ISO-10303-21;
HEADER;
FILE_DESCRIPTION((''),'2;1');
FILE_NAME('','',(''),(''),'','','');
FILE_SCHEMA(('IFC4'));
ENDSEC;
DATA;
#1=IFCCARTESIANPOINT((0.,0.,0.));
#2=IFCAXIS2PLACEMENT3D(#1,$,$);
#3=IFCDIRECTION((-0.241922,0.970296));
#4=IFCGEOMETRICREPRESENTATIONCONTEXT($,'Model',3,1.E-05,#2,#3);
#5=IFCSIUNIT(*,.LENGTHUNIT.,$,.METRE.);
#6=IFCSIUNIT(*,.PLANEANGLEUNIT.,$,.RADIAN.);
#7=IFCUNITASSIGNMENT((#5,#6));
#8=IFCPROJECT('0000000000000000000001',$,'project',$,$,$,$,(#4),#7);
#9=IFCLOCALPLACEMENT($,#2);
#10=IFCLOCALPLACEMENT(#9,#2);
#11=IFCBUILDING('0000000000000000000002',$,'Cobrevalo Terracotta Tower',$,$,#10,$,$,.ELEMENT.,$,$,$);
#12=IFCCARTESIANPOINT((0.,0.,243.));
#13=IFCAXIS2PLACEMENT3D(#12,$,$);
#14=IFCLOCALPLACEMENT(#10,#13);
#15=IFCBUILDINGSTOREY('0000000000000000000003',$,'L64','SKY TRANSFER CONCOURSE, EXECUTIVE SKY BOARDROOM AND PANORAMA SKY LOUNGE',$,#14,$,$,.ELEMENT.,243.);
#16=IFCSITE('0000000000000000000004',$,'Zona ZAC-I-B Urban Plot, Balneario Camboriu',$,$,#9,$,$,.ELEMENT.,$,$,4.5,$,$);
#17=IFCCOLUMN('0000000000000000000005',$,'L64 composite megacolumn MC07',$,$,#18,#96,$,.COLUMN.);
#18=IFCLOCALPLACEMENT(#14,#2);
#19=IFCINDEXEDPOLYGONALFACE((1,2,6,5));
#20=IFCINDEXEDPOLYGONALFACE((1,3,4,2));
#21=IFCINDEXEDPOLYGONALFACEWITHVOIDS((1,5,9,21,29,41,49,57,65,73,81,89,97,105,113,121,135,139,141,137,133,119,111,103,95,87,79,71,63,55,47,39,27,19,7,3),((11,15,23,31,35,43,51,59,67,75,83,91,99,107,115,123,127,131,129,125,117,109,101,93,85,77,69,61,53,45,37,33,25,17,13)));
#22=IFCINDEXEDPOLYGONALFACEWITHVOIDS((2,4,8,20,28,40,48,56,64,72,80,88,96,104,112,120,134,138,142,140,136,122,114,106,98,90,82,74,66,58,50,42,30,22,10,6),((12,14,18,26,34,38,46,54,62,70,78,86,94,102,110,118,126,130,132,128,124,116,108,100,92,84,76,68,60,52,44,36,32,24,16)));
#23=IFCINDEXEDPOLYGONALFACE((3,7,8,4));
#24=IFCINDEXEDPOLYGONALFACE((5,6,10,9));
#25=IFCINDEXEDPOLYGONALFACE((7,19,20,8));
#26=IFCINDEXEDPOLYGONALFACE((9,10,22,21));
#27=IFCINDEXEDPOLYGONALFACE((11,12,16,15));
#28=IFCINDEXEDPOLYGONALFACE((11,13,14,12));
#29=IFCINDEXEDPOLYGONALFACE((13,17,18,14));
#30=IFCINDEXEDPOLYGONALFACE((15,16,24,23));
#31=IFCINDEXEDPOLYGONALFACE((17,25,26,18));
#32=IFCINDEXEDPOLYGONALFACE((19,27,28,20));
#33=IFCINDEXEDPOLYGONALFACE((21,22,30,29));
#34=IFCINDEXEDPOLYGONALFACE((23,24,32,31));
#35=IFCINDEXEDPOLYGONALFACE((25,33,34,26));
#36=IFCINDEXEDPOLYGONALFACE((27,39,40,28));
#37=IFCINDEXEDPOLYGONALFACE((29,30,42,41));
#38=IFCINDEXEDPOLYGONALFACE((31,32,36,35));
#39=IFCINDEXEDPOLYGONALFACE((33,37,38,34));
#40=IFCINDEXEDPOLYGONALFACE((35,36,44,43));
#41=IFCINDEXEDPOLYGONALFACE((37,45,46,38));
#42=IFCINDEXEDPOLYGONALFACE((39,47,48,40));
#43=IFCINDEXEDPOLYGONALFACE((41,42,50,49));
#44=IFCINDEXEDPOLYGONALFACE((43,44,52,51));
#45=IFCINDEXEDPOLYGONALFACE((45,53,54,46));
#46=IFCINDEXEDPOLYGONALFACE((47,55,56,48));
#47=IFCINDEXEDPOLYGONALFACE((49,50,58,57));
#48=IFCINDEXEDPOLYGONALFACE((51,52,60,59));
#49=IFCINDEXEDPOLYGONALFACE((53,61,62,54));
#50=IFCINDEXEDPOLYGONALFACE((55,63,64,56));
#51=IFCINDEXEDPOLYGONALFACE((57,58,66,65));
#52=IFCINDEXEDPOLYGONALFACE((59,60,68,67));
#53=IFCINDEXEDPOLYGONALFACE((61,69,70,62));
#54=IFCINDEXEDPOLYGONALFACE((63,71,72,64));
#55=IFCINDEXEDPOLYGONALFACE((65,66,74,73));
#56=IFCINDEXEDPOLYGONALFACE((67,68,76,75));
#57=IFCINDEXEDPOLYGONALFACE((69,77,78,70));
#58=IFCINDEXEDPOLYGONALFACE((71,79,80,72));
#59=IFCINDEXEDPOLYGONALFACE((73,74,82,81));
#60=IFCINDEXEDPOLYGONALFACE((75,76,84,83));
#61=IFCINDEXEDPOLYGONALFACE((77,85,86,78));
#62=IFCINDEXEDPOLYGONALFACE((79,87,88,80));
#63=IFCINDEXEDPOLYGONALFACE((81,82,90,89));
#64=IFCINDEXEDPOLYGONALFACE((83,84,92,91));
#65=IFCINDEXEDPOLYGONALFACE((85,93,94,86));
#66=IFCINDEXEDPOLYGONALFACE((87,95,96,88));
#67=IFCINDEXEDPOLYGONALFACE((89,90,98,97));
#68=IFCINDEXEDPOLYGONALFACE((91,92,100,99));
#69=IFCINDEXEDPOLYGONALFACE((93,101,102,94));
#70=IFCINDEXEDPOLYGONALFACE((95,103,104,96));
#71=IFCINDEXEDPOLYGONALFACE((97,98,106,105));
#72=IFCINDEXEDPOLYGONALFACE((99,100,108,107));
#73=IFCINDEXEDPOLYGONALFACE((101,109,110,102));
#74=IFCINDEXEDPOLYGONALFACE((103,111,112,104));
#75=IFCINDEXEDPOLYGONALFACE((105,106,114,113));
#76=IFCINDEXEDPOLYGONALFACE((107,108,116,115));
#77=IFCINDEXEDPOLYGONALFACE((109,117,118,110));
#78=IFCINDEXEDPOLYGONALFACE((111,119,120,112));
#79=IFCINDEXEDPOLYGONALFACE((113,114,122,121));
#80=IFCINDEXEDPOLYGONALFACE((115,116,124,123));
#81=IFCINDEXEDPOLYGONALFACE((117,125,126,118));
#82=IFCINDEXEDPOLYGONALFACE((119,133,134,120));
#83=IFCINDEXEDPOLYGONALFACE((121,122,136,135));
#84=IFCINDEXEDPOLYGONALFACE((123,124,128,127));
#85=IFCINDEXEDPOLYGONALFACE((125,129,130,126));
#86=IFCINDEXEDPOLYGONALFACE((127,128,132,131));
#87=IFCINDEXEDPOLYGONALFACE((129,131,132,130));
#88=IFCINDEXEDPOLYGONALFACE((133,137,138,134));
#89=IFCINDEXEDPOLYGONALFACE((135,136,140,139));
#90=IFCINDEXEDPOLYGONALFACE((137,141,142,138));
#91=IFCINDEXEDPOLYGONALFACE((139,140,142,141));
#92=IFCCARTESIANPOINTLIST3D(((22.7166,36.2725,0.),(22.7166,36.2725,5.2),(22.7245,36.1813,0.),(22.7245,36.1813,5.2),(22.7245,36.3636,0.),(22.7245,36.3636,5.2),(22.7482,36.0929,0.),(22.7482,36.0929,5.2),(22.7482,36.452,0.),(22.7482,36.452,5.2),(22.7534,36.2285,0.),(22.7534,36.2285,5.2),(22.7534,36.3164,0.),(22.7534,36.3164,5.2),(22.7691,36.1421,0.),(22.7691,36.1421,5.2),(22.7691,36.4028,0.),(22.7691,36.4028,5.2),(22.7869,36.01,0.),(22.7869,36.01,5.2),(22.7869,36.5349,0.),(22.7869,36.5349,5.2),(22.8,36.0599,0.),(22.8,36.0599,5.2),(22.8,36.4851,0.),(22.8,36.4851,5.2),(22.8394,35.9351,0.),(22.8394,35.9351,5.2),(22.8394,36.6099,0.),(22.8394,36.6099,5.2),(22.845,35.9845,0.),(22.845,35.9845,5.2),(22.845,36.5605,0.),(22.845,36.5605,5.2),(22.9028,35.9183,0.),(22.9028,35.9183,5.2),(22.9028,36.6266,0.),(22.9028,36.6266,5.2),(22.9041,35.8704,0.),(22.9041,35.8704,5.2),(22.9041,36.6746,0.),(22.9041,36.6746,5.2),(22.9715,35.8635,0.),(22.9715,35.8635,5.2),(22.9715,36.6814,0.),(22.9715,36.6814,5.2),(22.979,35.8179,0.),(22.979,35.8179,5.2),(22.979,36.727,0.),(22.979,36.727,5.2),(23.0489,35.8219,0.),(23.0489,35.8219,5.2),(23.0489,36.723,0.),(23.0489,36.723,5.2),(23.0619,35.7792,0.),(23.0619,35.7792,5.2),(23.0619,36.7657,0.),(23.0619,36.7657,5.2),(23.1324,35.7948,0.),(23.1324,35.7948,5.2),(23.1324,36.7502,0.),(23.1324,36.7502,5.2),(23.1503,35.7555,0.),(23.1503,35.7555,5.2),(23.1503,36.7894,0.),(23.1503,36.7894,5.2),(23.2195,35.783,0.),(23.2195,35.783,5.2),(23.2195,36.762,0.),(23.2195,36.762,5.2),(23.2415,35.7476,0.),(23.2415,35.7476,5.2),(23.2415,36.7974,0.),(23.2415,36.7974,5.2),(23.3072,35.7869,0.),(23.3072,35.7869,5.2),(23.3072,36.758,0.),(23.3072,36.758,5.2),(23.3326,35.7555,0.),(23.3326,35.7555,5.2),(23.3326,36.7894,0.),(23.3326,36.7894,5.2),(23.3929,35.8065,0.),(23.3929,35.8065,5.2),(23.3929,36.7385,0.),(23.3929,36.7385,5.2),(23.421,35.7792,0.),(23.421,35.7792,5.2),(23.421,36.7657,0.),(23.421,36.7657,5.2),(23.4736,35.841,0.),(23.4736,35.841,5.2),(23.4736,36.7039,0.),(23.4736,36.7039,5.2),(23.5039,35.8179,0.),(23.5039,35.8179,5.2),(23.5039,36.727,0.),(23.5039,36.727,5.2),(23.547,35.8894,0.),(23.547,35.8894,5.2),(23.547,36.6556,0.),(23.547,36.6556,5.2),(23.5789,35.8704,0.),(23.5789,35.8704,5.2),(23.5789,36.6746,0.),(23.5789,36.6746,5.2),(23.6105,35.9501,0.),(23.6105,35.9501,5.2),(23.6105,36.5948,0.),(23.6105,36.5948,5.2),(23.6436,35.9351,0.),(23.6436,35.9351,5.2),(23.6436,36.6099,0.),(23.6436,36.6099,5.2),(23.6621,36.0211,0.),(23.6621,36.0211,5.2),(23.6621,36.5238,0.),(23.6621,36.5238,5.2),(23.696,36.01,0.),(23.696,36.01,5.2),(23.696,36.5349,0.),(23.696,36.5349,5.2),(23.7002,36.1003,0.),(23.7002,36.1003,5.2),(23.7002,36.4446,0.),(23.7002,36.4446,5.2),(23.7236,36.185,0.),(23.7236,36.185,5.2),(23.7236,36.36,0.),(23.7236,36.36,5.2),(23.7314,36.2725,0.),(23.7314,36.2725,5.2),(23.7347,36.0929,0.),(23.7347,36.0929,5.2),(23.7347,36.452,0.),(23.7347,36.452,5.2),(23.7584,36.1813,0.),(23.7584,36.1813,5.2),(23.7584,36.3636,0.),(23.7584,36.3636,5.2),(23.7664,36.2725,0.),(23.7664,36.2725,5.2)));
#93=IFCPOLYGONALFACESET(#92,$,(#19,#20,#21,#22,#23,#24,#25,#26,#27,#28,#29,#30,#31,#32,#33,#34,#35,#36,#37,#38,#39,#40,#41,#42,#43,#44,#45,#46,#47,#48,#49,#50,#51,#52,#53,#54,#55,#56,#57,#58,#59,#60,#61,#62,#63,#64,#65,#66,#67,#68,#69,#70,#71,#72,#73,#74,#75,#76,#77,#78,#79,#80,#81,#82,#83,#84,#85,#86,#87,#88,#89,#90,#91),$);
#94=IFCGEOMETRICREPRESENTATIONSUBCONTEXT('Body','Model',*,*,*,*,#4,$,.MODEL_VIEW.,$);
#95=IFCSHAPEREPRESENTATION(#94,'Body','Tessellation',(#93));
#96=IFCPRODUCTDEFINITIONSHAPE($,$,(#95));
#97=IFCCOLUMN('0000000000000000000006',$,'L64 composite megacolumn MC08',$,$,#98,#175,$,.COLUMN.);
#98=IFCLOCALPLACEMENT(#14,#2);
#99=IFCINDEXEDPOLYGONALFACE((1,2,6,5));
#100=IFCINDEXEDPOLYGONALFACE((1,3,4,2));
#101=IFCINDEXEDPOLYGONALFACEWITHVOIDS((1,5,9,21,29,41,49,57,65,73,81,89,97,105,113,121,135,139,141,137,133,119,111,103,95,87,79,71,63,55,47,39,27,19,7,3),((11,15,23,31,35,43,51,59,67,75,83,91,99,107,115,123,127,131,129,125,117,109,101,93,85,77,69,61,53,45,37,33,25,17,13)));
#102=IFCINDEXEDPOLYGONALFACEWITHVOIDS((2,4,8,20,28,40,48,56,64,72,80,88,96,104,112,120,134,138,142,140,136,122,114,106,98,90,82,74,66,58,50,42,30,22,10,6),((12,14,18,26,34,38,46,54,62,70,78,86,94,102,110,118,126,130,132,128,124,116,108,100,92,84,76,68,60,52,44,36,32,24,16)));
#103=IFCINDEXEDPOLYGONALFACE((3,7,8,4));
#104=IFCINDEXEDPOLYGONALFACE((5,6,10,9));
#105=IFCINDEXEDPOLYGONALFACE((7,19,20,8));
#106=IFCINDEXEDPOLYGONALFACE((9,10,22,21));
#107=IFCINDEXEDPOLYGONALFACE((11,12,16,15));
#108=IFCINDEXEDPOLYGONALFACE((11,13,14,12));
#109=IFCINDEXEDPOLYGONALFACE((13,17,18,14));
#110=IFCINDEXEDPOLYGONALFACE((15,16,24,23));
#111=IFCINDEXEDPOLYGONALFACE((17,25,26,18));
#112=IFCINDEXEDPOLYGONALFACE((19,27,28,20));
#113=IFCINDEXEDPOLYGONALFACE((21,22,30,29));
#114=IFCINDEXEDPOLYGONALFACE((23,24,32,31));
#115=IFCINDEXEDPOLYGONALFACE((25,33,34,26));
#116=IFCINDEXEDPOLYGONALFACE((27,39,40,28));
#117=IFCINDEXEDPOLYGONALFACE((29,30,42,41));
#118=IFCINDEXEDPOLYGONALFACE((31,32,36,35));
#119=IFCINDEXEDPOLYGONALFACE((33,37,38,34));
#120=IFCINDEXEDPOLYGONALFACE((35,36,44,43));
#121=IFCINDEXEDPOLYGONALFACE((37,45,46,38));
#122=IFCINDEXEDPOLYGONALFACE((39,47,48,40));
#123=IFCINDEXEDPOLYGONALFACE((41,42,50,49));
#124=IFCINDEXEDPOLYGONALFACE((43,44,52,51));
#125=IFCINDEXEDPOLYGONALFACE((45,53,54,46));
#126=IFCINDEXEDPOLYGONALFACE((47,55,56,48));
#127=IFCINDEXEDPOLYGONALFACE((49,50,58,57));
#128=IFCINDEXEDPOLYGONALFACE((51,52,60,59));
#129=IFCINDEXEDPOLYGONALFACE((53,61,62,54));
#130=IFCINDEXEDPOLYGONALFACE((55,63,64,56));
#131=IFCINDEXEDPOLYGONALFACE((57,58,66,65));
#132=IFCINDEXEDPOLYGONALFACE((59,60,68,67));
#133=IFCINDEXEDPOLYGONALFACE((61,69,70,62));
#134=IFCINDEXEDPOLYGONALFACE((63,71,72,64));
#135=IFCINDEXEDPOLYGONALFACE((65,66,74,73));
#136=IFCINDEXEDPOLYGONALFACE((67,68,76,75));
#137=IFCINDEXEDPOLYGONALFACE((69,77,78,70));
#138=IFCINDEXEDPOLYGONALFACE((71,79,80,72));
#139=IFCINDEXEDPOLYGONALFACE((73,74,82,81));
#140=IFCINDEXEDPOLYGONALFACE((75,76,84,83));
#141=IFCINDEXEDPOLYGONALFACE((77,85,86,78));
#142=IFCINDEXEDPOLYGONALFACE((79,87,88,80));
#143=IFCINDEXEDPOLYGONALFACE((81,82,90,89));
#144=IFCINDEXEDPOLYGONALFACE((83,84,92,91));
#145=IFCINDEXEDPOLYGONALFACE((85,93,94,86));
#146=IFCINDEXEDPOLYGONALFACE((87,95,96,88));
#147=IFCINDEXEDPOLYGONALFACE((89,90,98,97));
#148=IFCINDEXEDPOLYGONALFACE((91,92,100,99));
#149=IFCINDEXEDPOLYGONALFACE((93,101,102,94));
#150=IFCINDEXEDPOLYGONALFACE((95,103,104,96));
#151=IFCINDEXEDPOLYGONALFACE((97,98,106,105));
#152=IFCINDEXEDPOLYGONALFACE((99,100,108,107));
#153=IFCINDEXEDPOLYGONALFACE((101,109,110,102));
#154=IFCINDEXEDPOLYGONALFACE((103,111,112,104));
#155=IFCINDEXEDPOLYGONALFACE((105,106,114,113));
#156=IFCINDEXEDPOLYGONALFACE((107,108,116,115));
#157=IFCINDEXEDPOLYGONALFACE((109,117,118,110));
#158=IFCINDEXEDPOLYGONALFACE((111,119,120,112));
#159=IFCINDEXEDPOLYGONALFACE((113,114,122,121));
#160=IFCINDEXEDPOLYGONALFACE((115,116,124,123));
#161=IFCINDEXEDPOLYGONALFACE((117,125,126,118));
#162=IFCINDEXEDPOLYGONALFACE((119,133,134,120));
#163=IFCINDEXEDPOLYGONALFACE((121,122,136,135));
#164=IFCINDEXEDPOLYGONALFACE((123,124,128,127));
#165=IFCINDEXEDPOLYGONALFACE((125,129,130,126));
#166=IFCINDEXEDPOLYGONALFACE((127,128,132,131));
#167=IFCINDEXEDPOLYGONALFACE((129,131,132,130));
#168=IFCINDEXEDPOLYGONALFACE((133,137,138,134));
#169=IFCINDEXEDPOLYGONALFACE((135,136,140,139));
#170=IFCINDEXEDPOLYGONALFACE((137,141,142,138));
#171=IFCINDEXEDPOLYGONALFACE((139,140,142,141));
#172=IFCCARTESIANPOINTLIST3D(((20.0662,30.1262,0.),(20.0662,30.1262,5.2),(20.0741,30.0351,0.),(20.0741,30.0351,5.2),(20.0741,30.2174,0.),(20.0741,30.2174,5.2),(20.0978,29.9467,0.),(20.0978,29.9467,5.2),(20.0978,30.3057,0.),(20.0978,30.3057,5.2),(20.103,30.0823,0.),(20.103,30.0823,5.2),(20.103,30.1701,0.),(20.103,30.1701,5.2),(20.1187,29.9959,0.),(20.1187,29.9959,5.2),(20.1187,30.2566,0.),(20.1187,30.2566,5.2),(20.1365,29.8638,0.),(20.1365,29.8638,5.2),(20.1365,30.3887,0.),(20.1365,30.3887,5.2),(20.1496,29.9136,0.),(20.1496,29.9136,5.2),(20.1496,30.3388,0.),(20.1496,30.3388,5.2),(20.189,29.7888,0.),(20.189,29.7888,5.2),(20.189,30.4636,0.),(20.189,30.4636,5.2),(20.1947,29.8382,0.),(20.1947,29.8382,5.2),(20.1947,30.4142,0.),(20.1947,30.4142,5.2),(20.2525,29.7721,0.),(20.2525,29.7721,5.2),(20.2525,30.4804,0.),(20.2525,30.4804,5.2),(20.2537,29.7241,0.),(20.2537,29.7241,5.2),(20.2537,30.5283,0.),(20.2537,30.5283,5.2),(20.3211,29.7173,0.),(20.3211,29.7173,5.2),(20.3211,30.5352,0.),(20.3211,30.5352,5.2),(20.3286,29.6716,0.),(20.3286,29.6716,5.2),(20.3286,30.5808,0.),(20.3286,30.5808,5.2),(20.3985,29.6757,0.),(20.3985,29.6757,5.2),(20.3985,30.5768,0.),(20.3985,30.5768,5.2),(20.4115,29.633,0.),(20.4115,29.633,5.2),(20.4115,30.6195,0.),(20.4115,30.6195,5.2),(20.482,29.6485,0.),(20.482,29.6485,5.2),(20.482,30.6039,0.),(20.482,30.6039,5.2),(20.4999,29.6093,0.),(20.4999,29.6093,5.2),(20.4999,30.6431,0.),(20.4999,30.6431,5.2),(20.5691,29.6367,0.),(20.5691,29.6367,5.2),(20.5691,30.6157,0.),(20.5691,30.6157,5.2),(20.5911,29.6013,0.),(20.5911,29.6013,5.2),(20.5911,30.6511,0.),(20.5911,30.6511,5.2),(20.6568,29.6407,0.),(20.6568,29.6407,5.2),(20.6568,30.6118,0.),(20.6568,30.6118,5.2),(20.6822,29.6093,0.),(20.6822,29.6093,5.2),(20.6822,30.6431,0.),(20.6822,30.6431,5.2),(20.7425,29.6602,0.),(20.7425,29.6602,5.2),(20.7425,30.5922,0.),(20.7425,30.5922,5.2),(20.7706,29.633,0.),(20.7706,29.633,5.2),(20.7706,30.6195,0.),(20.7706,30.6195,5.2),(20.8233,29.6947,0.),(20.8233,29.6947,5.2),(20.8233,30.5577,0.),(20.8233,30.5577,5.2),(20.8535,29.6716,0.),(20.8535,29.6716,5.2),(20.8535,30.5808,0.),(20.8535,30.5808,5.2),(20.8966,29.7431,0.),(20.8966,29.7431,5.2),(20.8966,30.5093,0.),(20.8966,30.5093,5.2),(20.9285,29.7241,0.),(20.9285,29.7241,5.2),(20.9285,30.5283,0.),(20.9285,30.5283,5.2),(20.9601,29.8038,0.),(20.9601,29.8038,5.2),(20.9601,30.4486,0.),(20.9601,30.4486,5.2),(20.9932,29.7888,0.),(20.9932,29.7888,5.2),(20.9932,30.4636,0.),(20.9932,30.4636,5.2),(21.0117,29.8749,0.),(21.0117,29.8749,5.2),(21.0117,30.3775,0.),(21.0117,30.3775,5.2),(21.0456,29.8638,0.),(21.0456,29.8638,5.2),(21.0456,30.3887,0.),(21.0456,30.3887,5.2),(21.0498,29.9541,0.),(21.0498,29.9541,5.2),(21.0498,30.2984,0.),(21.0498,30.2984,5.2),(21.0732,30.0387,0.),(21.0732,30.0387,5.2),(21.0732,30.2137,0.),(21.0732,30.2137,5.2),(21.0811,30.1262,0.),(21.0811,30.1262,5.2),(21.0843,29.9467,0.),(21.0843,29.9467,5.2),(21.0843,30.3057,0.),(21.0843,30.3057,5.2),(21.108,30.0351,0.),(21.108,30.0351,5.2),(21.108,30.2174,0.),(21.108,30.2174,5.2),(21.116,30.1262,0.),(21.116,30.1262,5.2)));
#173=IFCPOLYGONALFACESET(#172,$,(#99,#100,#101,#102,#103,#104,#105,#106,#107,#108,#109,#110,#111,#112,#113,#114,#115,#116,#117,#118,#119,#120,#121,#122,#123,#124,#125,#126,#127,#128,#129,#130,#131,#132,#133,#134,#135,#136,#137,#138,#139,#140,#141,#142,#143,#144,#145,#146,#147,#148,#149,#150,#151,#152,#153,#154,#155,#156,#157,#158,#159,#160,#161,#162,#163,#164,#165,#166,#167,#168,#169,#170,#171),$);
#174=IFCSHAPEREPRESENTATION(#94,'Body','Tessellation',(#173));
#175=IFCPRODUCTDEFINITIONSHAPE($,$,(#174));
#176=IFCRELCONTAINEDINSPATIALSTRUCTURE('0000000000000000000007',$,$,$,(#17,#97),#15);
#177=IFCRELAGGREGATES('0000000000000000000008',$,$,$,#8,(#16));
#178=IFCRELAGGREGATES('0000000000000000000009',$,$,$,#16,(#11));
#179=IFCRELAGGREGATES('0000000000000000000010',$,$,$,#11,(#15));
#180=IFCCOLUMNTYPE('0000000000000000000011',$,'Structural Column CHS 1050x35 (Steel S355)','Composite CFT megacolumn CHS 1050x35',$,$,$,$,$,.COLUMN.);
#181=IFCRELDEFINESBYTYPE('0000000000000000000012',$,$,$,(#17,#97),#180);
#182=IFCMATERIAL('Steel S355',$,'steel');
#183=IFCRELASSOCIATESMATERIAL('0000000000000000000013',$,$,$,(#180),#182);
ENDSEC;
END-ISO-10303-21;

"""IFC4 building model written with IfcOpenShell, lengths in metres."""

from ifc_helpers import new_model, si_unit, direction, frame, origin, origin_2d, place, context, subcontext, project, spatial, hollow_circle, extrude, material, material_profile, profile_set, type_object, element, save


model = new_model("IFC4")

# Units and contexts
model_context = context("Model", 3, precision=1e-05, world=origin(), true_north=direction((-0.241922, 0.970296)))
body_context = subcontext(model_context, "Body", "Model", "MODEL_VIEW")
ifc_project = project(units=[si_unit("LENGTHUNIT", "METRE"), si_unit("PLANEANGLEUNIT", "RADIAN")], contexts=[model_context])

# Site, building, storey
site_placement = place(None, origin())
site = spatial("IfcSite", under=ifc_project, at=site_placement, Name="Zona ZAC-I-B Urban Plot, Balneario Camboriu", CompositionType="ELEMENT", RefElevation=4.5)
building_placement = place(site_placement, origin())
building = spatial("IfcBuilding", under=site, at=building_placement, Name="Cobrevalo Terracotta Tower", CompositionType="ELEMENT")
storey_placement = place(building_placement, frame((0.0, 0.0, 243.0)))
storey = spatial("IfcBuildingStorey", under=building, at=storey_placement, Name="L64", Description="SKY TRANSFER CONCOURSE, EXECUTIVE SKY BOARDROOM AND PANORAMA SKY LOUNGE", CompositionType="ELEMENT", Elevation=243.0)

# Columns
ifc_material_1 = material(Name="Steel S355", Category="steel")
ifc_material_profile_1 = material_profile(ifc_material_1, hollow_circle(Radius=0.5249, WallThickness=0.0349, at=origin_2d()), Name="CHS 1050x35")
ifc_profile_set_1 = profile_set([ifc_material_profile_1], Name="Steel S355")
column_type_1 = type_object("IfcColumnType", Name="Structural Column CHS 1050x35 (Steel S355)", Description="Composite CFT megacolumn CHS 1050x35", PredefinedType="COLUMN", material=ifc_profile_set_1)
for number, where, z_axis, x_axis, name in (
    (1, (23.2415, 36.2725, 0.0), (0.0, 0.0, 1.0), (1.0, 0.0, 0.0), "L64 composite megacolumn MC07"),
    (2, (20.5911, 30.1262, 0.0), (0.0, 0.0, 1.0), (1.0, 0.0, 0.0), "L64 composite megacolumn MC08"),
):
    element("IfcColumn", number, at=place(storey_placement, frame(where, z_axis=z_axis, x_axis=x_axis)), inside=storey, type_object=column_type_1, Name=name, PredefinedType="COLUMN", context=body_context, shape_type="SweptSolid", body=[
        extrude(hollow_circle(Radius=0.5249, WallThickness=0.0349, at=origin_2d()), origin(), (0.0, 0.0, 1.0), 5.2),
    ])

save(model, "model.ifc")
